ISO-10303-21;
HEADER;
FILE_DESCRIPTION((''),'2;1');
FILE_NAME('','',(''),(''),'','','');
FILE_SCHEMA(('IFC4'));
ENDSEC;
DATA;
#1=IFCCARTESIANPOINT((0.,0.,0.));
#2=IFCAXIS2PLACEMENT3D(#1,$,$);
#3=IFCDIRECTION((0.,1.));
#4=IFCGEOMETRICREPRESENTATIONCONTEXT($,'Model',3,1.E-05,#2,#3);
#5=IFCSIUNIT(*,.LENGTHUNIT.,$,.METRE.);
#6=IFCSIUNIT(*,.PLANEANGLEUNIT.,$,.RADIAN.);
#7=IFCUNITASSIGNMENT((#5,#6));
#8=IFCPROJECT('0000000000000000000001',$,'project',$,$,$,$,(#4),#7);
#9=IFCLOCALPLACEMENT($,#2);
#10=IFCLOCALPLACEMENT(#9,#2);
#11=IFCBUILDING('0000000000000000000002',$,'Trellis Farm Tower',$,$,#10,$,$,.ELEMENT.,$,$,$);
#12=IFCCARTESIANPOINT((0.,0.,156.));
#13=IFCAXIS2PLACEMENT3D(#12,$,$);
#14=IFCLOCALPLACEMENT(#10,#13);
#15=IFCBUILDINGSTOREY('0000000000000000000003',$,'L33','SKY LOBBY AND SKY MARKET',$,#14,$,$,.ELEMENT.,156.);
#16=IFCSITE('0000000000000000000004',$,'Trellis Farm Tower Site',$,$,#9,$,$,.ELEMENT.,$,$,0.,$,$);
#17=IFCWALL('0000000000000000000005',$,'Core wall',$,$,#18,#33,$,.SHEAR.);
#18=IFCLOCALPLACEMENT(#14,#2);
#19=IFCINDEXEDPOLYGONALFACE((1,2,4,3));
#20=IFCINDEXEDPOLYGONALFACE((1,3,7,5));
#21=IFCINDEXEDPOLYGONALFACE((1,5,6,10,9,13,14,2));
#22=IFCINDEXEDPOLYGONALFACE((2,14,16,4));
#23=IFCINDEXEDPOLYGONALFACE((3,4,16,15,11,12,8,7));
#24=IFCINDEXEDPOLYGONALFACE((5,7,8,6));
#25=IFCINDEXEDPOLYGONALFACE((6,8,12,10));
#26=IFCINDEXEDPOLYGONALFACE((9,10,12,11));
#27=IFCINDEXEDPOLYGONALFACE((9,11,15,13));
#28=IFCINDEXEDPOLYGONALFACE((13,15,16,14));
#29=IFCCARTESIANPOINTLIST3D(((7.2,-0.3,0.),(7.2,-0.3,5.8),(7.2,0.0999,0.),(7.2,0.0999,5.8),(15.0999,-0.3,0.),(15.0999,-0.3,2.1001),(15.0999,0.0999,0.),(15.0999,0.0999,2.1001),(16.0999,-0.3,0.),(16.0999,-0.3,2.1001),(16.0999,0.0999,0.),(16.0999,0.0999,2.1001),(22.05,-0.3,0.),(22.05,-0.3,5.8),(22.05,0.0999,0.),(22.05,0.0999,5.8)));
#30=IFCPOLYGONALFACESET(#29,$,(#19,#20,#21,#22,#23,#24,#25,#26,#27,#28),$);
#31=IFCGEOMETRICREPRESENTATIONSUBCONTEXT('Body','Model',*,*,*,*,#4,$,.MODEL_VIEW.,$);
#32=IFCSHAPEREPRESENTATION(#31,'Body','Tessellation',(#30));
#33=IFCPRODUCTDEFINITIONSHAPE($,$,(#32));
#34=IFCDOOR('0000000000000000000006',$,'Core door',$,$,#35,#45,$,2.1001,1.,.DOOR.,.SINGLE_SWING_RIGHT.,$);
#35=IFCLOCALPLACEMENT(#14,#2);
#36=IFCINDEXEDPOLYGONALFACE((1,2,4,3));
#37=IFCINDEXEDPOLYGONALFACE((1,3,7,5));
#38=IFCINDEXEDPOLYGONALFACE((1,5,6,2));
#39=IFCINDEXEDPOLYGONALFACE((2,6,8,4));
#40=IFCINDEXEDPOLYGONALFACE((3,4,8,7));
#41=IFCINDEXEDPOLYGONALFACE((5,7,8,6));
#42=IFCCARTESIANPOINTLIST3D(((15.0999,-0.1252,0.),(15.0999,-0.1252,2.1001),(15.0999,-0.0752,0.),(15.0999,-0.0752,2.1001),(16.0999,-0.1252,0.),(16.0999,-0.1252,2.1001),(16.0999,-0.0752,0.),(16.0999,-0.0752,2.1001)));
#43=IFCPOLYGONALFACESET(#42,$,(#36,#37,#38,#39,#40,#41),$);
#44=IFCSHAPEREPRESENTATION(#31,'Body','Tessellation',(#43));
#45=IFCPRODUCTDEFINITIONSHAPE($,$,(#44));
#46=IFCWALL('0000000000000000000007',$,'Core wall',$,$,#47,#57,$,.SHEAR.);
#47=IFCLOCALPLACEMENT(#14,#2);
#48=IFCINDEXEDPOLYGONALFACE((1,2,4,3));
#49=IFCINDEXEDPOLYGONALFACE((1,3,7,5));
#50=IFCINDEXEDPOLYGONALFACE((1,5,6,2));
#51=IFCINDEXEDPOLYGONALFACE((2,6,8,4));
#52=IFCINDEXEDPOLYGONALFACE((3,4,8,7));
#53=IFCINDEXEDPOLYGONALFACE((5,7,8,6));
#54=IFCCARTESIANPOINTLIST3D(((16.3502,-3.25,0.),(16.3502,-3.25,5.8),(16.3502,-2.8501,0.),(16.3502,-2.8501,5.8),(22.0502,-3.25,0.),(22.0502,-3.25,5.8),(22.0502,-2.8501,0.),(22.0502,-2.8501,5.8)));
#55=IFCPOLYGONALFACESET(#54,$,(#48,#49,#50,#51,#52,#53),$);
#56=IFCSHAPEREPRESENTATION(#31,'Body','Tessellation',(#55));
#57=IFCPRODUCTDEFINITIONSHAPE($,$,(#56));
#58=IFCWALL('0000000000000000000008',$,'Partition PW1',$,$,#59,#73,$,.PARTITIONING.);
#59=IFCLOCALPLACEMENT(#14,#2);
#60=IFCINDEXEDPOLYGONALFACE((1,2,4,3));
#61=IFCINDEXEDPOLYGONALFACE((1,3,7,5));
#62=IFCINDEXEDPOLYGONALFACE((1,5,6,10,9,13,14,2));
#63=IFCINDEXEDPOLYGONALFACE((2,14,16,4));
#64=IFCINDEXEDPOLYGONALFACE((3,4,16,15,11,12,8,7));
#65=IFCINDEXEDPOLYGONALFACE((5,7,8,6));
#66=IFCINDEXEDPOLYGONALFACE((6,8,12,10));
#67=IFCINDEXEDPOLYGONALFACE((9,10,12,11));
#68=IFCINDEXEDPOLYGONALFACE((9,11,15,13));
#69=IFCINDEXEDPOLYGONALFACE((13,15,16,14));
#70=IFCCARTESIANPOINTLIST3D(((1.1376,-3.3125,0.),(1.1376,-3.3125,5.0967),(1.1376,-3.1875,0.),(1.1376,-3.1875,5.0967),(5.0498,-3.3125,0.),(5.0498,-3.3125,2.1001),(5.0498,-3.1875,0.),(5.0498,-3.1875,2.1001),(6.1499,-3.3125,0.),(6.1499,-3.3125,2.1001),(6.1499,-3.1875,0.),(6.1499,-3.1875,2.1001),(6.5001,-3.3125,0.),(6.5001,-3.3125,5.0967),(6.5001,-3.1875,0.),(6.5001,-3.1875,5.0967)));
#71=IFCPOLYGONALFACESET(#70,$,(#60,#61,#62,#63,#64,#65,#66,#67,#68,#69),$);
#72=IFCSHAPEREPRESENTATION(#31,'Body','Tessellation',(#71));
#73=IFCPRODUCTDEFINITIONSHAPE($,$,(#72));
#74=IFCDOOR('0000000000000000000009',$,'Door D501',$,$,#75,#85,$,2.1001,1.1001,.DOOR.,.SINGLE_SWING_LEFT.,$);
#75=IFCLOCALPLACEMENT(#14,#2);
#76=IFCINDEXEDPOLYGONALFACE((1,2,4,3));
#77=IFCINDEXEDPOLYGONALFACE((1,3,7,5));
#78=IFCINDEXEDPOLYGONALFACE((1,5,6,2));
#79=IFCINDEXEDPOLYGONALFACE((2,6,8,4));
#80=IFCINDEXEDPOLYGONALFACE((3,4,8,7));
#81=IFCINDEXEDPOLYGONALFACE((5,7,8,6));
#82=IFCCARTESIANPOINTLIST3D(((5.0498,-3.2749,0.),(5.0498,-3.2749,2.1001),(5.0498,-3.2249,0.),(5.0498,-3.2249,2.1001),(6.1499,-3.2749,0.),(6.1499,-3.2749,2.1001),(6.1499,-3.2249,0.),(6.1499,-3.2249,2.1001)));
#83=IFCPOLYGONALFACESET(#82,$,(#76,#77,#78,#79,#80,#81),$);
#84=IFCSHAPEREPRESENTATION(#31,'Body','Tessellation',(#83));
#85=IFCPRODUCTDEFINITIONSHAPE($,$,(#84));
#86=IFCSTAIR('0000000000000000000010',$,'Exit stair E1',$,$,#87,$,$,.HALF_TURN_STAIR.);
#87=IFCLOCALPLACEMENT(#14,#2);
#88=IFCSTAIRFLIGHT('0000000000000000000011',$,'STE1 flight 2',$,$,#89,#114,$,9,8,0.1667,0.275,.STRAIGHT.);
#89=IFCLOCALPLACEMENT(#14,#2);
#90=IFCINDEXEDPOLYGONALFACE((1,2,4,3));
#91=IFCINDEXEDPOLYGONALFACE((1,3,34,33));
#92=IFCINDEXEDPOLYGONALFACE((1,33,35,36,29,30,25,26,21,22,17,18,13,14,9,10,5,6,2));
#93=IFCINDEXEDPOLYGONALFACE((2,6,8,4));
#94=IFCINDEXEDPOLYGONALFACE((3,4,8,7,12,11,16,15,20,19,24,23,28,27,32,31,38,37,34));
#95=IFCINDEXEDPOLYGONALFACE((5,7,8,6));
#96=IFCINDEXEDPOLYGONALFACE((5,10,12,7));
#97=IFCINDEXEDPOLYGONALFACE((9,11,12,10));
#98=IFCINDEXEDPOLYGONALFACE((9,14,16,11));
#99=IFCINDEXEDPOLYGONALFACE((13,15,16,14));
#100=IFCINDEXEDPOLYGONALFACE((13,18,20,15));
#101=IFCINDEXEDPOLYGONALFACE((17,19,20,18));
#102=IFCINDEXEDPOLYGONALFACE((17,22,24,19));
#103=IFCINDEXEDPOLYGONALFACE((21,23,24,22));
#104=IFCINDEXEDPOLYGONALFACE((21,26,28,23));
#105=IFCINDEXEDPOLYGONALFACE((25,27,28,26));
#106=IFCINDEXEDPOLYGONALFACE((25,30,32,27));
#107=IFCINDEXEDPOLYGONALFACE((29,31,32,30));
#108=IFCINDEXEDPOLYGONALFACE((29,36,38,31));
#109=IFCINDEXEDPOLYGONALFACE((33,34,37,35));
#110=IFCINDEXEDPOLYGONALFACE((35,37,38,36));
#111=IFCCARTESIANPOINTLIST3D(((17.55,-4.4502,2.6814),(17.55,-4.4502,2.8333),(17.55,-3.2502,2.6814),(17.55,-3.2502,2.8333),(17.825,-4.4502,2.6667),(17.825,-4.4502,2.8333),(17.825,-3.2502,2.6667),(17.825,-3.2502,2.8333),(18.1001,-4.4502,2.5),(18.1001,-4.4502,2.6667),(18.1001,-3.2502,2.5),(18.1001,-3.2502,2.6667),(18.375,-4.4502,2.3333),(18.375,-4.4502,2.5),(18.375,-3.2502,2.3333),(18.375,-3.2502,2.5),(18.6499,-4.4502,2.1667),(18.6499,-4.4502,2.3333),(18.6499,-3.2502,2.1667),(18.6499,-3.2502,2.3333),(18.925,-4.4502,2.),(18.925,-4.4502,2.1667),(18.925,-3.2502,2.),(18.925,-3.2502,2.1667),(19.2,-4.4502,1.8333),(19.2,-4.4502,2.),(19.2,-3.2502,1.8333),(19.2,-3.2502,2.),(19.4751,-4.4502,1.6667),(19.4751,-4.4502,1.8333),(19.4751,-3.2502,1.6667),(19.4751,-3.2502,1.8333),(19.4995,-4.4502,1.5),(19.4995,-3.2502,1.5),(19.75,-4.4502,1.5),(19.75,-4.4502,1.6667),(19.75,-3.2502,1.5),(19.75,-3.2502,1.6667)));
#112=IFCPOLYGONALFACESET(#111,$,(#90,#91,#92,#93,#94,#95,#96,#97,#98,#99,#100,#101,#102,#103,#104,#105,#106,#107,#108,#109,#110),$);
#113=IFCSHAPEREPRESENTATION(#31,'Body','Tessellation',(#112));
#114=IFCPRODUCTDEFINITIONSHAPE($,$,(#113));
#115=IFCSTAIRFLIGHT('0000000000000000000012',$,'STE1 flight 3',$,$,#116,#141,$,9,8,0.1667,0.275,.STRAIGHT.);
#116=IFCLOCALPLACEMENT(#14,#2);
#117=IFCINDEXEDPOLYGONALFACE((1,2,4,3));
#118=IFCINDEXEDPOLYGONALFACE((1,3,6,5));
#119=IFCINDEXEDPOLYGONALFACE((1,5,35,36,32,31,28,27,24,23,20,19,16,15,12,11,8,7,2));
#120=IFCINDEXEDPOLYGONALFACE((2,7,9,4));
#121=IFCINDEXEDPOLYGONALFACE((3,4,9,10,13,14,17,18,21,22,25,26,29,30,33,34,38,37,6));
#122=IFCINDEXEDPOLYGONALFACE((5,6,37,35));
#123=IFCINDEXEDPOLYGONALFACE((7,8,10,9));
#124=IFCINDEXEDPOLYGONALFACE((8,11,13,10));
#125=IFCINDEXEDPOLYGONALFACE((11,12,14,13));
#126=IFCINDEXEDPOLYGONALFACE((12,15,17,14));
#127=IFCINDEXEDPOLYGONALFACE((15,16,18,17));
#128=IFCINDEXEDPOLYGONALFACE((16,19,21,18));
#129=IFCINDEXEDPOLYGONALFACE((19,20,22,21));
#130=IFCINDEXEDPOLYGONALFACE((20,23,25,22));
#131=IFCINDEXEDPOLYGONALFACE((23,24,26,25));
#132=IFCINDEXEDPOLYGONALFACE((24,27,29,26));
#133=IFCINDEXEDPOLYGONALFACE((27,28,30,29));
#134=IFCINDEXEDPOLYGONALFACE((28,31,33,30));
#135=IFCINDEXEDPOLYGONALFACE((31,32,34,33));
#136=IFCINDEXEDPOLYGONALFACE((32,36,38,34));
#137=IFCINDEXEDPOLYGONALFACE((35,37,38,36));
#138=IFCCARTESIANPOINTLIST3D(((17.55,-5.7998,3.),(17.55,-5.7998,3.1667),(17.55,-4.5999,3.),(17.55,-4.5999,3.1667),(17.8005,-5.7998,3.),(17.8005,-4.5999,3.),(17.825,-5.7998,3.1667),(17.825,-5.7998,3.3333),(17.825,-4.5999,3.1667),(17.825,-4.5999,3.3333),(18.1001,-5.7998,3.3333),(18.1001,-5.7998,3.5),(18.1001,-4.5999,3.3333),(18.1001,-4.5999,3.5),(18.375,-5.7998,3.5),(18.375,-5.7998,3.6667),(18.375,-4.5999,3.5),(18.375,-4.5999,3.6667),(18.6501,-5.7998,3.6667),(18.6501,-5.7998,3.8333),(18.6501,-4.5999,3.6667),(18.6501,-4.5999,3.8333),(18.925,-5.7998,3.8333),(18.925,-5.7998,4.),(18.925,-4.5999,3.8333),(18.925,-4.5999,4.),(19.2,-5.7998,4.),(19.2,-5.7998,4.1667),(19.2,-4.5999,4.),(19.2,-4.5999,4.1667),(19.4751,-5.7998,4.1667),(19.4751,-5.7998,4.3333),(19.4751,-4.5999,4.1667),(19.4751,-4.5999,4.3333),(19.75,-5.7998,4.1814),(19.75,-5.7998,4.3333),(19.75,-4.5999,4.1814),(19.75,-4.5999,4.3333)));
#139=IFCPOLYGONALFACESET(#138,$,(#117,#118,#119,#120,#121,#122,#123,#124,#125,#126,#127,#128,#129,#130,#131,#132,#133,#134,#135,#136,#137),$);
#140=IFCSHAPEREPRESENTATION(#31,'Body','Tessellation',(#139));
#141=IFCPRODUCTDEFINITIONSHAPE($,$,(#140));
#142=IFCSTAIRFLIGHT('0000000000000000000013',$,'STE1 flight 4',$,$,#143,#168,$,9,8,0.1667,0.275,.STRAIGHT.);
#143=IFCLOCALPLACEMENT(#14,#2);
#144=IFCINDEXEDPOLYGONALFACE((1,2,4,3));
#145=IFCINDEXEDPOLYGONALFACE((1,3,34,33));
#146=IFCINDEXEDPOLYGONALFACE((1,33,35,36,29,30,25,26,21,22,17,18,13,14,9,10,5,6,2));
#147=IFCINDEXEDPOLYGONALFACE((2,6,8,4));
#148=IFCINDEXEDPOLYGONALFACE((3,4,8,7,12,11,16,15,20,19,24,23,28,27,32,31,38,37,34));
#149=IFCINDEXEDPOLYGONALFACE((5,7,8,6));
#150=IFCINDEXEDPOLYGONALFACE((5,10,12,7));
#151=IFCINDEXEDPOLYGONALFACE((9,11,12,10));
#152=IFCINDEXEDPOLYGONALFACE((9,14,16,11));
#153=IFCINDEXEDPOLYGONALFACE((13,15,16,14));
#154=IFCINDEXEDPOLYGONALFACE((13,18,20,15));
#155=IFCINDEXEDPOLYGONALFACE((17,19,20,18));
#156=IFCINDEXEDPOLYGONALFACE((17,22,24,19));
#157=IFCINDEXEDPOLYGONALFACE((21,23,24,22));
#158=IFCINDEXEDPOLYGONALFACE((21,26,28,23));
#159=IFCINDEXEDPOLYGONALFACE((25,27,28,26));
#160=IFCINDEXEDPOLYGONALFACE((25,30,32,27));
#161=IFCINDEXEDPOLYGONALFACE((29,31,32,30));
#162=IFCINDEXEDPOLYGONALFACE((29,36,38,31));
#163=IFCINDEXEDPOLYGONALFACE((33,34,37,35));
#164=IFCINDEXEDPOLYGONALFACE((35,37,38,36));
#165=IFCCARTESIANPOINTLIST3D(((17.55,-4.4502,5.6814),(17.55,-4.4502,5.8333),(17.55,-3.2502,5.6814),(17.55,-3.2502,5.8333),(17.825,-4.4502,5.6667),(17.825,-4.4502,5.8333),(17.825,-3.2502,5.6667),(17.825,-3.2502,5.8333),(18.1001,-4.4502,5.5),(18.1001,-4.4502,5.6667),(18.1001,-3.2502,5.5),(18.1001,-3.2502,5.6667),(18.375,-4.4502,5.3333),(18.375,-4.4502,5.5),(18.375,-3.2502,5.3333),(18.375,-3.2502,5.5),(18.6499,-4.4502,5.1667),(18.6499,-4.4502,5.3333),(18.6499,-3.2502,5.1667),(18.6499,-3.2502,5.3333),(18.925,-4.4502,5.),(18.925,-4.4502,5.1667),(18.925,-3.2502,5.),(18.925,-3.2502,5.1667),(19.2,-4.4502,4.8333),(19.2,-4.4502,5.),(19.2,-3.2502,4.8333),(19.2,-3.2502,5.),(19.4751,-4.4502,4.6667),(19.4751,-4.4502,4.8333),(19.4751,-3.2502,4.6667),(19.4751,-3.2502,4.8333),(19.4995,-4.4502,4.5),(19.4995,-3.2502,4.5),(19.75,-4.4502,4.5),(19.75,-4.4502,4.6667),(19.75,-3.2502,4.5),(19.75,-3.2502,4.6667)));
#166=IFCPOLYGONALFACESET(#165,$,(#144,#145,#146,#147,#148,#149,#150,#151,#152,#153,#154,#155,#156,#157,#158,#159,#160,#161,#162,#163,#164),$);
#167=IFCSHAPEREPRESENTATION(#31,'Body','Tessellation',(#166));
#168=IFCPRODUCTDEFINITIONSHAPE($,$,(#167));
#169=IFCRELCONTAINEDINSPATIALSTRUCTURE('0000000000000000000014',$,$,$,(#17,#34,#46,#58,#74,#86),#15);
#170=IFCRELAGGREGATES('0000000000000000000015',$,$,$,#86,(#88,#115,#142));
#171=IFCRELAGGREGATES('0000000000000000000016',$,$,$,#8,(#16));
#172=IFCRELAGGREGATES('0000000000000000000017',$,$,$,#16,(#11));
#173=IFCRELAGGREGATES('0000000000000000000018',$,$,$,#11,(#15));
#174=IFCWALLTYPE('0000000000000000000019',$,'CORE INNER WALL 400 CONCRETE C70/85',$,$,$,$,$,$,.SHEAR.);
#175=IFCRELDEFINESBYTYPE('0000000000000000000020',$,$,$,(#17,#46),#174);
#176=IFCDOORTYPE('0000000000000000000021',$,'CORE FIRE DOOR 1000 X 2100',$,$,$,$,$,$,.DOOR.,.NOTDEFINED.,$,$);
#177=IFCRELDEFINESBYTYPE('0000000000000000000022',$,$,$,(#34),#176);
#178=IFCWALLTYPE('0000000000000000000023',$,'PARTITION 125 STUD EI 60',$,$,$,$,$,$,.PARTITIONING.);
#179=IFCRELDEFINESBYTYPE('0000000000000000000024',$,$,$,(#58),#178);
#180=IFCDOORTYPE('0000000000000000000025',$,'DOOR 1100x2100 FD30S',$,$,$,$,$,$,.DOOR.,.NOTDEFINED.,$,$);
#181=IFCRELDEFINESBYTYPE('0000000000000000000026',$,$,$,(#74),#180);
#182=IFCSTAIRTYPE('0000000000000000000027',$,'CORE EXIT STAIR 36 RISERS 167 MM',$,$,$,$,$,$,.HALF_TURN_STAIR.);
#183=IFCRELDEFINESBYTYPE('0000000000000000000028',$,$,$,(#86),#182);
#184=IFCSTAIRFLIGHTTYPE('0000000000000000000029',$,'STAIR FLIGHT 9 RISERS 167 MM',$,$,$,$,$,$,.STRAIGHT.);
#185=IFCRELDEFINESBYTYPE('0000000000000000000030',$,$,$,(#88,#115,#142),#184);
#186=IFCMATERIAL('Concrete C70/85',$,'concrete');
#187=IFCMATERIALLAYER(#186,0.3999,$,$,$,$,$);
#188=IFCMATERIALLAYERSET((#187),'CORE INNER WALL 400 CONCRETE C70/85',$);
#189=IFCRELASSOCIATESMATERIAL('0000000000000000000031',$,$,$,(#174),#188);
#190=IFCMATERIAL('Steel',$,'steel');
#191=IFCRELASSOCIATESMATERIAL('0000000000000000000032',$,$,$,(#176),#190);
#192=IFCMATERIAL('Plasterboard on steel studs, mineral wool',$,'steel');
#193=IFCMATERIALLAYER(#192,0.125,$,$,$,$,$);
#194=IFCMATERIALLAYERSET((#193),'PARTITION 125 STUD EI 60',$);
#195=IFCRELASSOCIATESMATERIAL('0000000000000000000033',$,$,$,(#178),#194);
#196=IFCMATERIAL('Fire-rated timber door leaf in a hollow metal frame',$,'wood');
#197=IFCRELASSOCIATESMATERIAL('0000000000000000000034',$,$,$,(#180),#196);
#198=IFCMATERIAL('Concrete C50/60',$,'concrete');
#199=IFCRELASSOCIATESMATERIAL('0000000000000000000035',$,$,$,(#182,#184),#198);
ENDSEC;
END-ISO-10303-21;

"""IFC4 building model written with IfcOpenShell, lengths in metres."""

from ifc_helpers import new_model, si_unit, direction, frame, frame_2d, origin, place, context, subcontext, project, spatial, polyline, rectangle, outline, extrude, source, transform, mapped, material, layer, layer_set, type_object, element, fill, aggregate, save


model = new_model("IFC4")

# Units and contexts
model_context = context("Model", 3, precision=1e-05, world=origin(), true_north=direction((0.0, 1.0)))
body_context = subcontext(model_context, "Body", "Model", "MODEL_VIEW")
ifc_project = project(units=[si_unit("LENGTHUNIT", "METRE"), si_unit("PLANEANGLEUNIT", "RADIAN")], contexts=[model_context])

# Site, building, storey
site_placement = place(None, origin())
site = spatial("IfcSite", under=ifc_project, at=site_placement, Name="Trellis Farm Tower Site", CompositionType="ELEMENT", RefElevation=0.0)
building_placement = place(site_placement, origin())
building = spatial("IfcBuilding", under=site, at=building_placement, Name="Trellis Farm Tower", CompositionType="ELEMENT")
storey_placement = place(building_placement, frame((0.0, 0.0, 156.0)))
storey = spatial("IfcBuildingStorey", under=building, at=storey_placement, Name="L33", Description="SKY LOBBY AND SKY MARKET", CompositionType="ELEMENT", Elevation=156.0)

# Shared definitions
ifc_material_1 = material(Name="Concrete C70/85", Category="concrete")

# Shared definitions
ifc_layer_1 = layer(ifc_material_1, 0.3999)
ifc_layer_set_1 = layer_set([ifc_layer_1], Name="CORE INNER WALL 400 CONCRETE C70/85")
wall_type_1 = type_object("IfcWallType", Name="CORE INNER WALL 400 CONCRETE C70/85", PredefinedType="SHEAR", material=ifc_layer_set_1)
shared_shape_1 = source(origin(), body_context, "Body", "SweptSolid", [
    extrude(rectangle(XDim=1.1001, YDim=2.1001, at=frame_2d((0.55, 1.05))), frame((0.0, 0.0249, 0.0), z_axis=(0.0, -1.0, 0.0), x_axis=(1.0, 0.0, 0.0)), (0.0, 0.0, 1.0), 0.05),
])

# Wall, opening, door
shared_shape_2 = source(origin(), body_context, "Body", "SweptSolid", [
    extrude(rectangle(XDim=14.8501, YDim=0.3999, at=frame_2d((7.425, 0.0))), origin(), (0.0, 0.0, 1.0), 5.8),
])
wall_1_placement = place(storey_placement, frame((7.2, -0.1001, 0.0), z_axis=(0.0, 0.0, 1.0), x_axis=(1.0, 0.0, 0.0)))
wall_1 = element("IfcWall", 1, at=wall_1_placement, inside=storey, type_object=wall_type_1, Name="Core wall", PredefinedType="SHEAR", context=body_context, shape_type="MappedRepresentation", body=[
    mapped(shared_shape_2, transform((0.0, 0.0, 0.0))),
])
shared_shape_3 = source(origin(), body_context, "Body", "SweptSolid", [
    extrude(rectangle(XDim=1.0, YDim=2.1001, at=frame_2d((0.5, 1.05))), frame((0.0, 0.21, 0.0), z_axis=(0.0, -1.0, 0.0), x_axis=(1.0, 0.0, 0.0)), (0.0, 0.0, 1.0), 0.4199),
])
opening_1_placement = place(wall_1_placement, frame((7.8999, 0.0, 0.0)))
opening_1 = element("IfcOpeningElement", 2, at=opening_1_placement, cuts=wall_1, PredefinedType="OPENING", context=body_context, shape_type="MappedRepresentation", body=[
    mapped(shared_shape_3, transform((0.0, 0.0, 0.0))),
])
ifc_material_2 = material(Name="Steel", Category="steel")
door_type_1 = type_object("IfcDoorType", Name="CORE FIRE DOOR 1000 X 2100", OperationType="NOTDEFINED", PredefinedType="DOOR", material=ifc_material_2)
shared_shape_4 = source(origin(), body_context, "Body", "SweptSolid", [
    extrude(rectangle(XDim=1.0, YDim=2.1001, at=frame_2d((0.5, 1.05))), frame((0.0, 0.0249, 0.0), z_axis=(0.0, -1.0, 0.0), x_axis=(1.0, 0.0, 0.0)), (0.0, 0.0, 1.0), 0.05),
])
door_1_placement = place(opening_1_placement, origin())
door_1 = element("IfcDoor", 3, at=door_1_placement, inside=storey, type_object=door_type_1, Name="Core door", OperationType="SINGLE_SWING_RIGHT", OverallHeight=2.1001, OverallWidth=1.0, PredefinedType="DOOR", context=body_context, shape_type="MappedRepresentation", body=[
    mapped(shared_shape_4, transform((0.0, 0.0, 0.0))),
])
fill(opening_1, door_1)

# Wall
shared_shape_5 = source(origin(), body_context, "Body", "SweptSolid", [
    extrude(rectangle(XDim=5.7, YDim=0.3999, at=frame_2d((2.8501, 0.0))), origin(), (0.0, 0.0, 1.0), 5.8),
])
wall_2_placement = place(storey_placement, frame((16.3501, -3.05, 0.0), z_axis=(0.0, 0.0, 1.0), x_axis=(1.0, 0.0, 0.0)))
element("IfcWall", 4, at=wall_2_placement, inside=storey, type_object=wall_type_1, Name="Core wall", PredefinedType="SHEAR", context=body_context, shape_type="MappedRepresentation", body=[
    mapped(shared_shape_5, transform((0.0, 0.0, 0.0))),
])

# Wall, opening, door
ifc_material_3 = material(Name="Plasterboard on steel studs, mineral wool", Category="steel")
ifc_layer_2 = layer(ifc_material_3, 0.125)
ifc_layer_set_2 = layer_set([ifc_layer_2], Name="PARTITION 125 STUD EI 60")
wall_type_2 = type_object("IfcWallType", Name="PARTITION 125 STUD EI 60", PredefinedType="PARTITIONING", material=ifc_layer_set_2)
shared_shape_6 = source(origin(), body_context, "Body", "SweptSolid", [
    extrude(rectangle(XDim=5.3625, YDim=0.125, at=frame_2d((2.6812, 0.0))), origin(), (0.0, 0.0, 1.0), 5.0967),
])
wall_3_placement = place(storey_placement, frame((6.5, -3.25, 0.0), z_axis=(0.0, 0.0, 1.0), x_axis=(-1.0, 0.0, 0.0)))
wall_3 = element("IfcWall", 5, at=wall_3_placement, inside=storey, type_object=wall_type_2, Name="Partition PW1", PredefinedType="PARTITIONING", context=body_context, shape_type="MappedRepresentation", body=[
    mapped(shared_shape_6, transform((0.0, 0.0, 0.0))),
])
shared_shape_7 = source(origin(), body_context, "Body", "SweptSolid", [
    extrude(rectangle(XDim=1.1001, YDim=2.1001, at=frame_2d((0.55, 1.05))), frame((0.0, 0.0725, 0.0), z_axis=(0.0, -1.0, 0.0), x_axis=(1.0, 0.0, 0.0)), (0.0, 0.0, 1.0), 0.145),
])
opening_2_placement = place(wall_3_placement, frame((0.3501, 0.0, 0.0)))
opening_2 = element("IfcOpeningElement", 6, at=opening_2_placement, cuts=wall_3, PredefinedType="OPENING", context=body_context, shape_type="MappedRepresentation", body=[
    mapped(shared_shape_7, transform((0.0, 0.0, 0.0))),
])
ifc_material_4 = material(Name="Fire-rated timber door leaf in a hollow metal frame", Category="wood")
door_type_2 = type_object("IfcDoorType", Name="DOOR 1100x2100 FD30S", OperationType="NOTDEFINED", PredefinedType="DOOR", material=ifc_material_4)
door_2_placement = place(opening_2_placement, origin())
door_2 = element("IfcDoor", 7, at=door_2_placement, inside=storey, type_object=door_type_2, Name="Door D501", OperationType="SINGLE_SWING_LEFT", OverallHeight=2.1001, OverallWidth=1.1001, PredefinedType="DOOR", context=body_context, shape_type="MappedRepresentation", body=[
    mapped(shared_shape_1, transform((0.0, 0.0, 0.0))),
])
fill(opening_2, door_2)

# Stair, stair flights
ifc_material_5 = material(Name="Concrete C50/60", Category="concrete")
stair_type = type_object("IfcStairType", Name="CORE EXIT STAIR 36 RISERS 167 MM", PredefinedType="HALF_TURN_STAIR", material=ifc_material_5)
placement = place(storey_placement, origin())
stair_1 = element("IfcStair", 8, at=placement, inside=storey, type_object=stair_type, Name="Exit stair E1", PredefinedType="HALF_TURN_STAIR")
stair_flight_type = type_object("IfcStairFlightType", Name="STAIR FLIGHT 9 RISERS 167 MM", PredefinedType="STRAIGHT", material=ifc_material_5)
shared_shape_8 = source(origin(), body_context, "Body", "SweptSolid", [
    extrude(outline(polyline([(0.0, 0.0), (0.0, 0.1667), (0.2749, 0.1667), (0.2749, 0.3333), (0.55, 0.3333), (0.55, 0.5), (0.825, 0.5), (0.825, 0.6667), (1.1001, 0.6667), (1.1001, 0.8333), (1.375, 0.8333), (1.375, 1.0), (1.6499, 1.0), (1.6499, 1.1667), (1.925, 1.1667), (1.925, 1.3333), (2.2, 1.3333), (2.2, 1.5), (2.2, 1.1814), (0.2505, 0.0), (0.0, 0.0)])), frame((0.0, 0.6001, 0.0), z_axis=(0.0, -1.0, 0.0), x_axis=(1.0, 0.0, 0.0)), (0.0, 0.0, 1.0), 1.2),
])
stair_flight_1_placement = place(storey_placement, frame((19.75, -3.8501, 1.5), z_axis=(0.0, 0.0, 1.0), x_axis=(-1.0, 0.0, 0.0)))
stair_flight_1 = element("IfcStairFlight", 9, at=stair_flight_1_placement, type_object=stair_flight_type, Name="STE1 flight 2", NumberOfRisers=9, NumberOfTreads=8, PredefinedType="STRAIGHT", RiserHeight=0.1667, TreadLength=0.275, context=body_context, shape_type="MappedRepresentation", body=[
    mapped(shared_shape_8, transform((0.0, 0.0, 0.0))),
])
stair_flight_2_placement = place(storey_placement, frame((17.55, -5.2, 3.0), z_axis=(0.0, 0.0, 1.0), x_axis=(1.0, 0.0, 0.0)))
stair_flight_2 = element("IfcStairFlight", 10, at=stair_flight_2_placement, type_object=stair_flight_type, Name="STE1 flight 3", NumberOfRisers=9, NumberOfTreads=8, PredefinedType="STRAIGHT", RiserHeight=0.1667, TreadLength=0.275, context=body_context, shape_type="MappedRepresentation", body=[
    mapped(shared_shape_8, transform((0.0, 0.0, 0.0))),
])
stair_flight_3_placement = place(storey_placement, frame((19.75, -3.8501, 4.5), z_axis=(0.0, 0.0, 1.0), x_axis=(-1.0, 0.0, 0.0)))
stair_flight_3 = element("IfcStairFlight", 11, at=stair_flight_3_placement, type_object=stair_flight_type, Name="STE1 flight 4", NumberOfRisers=9, NumberOfTreads=8, PredefinedType="STRAIGHT", RiserHeight=0.1667, TreadLength=0.275, context=body_context, shape_type="MappedRepresentation", body=[
    mapped(shared_shape_8, transform((0.0, 0.0, 0.0))),
])
aggregate(stair_1, [stair_flight_1, stair_flight_2, stair_flight_3])

save(model, "model.ifc")
